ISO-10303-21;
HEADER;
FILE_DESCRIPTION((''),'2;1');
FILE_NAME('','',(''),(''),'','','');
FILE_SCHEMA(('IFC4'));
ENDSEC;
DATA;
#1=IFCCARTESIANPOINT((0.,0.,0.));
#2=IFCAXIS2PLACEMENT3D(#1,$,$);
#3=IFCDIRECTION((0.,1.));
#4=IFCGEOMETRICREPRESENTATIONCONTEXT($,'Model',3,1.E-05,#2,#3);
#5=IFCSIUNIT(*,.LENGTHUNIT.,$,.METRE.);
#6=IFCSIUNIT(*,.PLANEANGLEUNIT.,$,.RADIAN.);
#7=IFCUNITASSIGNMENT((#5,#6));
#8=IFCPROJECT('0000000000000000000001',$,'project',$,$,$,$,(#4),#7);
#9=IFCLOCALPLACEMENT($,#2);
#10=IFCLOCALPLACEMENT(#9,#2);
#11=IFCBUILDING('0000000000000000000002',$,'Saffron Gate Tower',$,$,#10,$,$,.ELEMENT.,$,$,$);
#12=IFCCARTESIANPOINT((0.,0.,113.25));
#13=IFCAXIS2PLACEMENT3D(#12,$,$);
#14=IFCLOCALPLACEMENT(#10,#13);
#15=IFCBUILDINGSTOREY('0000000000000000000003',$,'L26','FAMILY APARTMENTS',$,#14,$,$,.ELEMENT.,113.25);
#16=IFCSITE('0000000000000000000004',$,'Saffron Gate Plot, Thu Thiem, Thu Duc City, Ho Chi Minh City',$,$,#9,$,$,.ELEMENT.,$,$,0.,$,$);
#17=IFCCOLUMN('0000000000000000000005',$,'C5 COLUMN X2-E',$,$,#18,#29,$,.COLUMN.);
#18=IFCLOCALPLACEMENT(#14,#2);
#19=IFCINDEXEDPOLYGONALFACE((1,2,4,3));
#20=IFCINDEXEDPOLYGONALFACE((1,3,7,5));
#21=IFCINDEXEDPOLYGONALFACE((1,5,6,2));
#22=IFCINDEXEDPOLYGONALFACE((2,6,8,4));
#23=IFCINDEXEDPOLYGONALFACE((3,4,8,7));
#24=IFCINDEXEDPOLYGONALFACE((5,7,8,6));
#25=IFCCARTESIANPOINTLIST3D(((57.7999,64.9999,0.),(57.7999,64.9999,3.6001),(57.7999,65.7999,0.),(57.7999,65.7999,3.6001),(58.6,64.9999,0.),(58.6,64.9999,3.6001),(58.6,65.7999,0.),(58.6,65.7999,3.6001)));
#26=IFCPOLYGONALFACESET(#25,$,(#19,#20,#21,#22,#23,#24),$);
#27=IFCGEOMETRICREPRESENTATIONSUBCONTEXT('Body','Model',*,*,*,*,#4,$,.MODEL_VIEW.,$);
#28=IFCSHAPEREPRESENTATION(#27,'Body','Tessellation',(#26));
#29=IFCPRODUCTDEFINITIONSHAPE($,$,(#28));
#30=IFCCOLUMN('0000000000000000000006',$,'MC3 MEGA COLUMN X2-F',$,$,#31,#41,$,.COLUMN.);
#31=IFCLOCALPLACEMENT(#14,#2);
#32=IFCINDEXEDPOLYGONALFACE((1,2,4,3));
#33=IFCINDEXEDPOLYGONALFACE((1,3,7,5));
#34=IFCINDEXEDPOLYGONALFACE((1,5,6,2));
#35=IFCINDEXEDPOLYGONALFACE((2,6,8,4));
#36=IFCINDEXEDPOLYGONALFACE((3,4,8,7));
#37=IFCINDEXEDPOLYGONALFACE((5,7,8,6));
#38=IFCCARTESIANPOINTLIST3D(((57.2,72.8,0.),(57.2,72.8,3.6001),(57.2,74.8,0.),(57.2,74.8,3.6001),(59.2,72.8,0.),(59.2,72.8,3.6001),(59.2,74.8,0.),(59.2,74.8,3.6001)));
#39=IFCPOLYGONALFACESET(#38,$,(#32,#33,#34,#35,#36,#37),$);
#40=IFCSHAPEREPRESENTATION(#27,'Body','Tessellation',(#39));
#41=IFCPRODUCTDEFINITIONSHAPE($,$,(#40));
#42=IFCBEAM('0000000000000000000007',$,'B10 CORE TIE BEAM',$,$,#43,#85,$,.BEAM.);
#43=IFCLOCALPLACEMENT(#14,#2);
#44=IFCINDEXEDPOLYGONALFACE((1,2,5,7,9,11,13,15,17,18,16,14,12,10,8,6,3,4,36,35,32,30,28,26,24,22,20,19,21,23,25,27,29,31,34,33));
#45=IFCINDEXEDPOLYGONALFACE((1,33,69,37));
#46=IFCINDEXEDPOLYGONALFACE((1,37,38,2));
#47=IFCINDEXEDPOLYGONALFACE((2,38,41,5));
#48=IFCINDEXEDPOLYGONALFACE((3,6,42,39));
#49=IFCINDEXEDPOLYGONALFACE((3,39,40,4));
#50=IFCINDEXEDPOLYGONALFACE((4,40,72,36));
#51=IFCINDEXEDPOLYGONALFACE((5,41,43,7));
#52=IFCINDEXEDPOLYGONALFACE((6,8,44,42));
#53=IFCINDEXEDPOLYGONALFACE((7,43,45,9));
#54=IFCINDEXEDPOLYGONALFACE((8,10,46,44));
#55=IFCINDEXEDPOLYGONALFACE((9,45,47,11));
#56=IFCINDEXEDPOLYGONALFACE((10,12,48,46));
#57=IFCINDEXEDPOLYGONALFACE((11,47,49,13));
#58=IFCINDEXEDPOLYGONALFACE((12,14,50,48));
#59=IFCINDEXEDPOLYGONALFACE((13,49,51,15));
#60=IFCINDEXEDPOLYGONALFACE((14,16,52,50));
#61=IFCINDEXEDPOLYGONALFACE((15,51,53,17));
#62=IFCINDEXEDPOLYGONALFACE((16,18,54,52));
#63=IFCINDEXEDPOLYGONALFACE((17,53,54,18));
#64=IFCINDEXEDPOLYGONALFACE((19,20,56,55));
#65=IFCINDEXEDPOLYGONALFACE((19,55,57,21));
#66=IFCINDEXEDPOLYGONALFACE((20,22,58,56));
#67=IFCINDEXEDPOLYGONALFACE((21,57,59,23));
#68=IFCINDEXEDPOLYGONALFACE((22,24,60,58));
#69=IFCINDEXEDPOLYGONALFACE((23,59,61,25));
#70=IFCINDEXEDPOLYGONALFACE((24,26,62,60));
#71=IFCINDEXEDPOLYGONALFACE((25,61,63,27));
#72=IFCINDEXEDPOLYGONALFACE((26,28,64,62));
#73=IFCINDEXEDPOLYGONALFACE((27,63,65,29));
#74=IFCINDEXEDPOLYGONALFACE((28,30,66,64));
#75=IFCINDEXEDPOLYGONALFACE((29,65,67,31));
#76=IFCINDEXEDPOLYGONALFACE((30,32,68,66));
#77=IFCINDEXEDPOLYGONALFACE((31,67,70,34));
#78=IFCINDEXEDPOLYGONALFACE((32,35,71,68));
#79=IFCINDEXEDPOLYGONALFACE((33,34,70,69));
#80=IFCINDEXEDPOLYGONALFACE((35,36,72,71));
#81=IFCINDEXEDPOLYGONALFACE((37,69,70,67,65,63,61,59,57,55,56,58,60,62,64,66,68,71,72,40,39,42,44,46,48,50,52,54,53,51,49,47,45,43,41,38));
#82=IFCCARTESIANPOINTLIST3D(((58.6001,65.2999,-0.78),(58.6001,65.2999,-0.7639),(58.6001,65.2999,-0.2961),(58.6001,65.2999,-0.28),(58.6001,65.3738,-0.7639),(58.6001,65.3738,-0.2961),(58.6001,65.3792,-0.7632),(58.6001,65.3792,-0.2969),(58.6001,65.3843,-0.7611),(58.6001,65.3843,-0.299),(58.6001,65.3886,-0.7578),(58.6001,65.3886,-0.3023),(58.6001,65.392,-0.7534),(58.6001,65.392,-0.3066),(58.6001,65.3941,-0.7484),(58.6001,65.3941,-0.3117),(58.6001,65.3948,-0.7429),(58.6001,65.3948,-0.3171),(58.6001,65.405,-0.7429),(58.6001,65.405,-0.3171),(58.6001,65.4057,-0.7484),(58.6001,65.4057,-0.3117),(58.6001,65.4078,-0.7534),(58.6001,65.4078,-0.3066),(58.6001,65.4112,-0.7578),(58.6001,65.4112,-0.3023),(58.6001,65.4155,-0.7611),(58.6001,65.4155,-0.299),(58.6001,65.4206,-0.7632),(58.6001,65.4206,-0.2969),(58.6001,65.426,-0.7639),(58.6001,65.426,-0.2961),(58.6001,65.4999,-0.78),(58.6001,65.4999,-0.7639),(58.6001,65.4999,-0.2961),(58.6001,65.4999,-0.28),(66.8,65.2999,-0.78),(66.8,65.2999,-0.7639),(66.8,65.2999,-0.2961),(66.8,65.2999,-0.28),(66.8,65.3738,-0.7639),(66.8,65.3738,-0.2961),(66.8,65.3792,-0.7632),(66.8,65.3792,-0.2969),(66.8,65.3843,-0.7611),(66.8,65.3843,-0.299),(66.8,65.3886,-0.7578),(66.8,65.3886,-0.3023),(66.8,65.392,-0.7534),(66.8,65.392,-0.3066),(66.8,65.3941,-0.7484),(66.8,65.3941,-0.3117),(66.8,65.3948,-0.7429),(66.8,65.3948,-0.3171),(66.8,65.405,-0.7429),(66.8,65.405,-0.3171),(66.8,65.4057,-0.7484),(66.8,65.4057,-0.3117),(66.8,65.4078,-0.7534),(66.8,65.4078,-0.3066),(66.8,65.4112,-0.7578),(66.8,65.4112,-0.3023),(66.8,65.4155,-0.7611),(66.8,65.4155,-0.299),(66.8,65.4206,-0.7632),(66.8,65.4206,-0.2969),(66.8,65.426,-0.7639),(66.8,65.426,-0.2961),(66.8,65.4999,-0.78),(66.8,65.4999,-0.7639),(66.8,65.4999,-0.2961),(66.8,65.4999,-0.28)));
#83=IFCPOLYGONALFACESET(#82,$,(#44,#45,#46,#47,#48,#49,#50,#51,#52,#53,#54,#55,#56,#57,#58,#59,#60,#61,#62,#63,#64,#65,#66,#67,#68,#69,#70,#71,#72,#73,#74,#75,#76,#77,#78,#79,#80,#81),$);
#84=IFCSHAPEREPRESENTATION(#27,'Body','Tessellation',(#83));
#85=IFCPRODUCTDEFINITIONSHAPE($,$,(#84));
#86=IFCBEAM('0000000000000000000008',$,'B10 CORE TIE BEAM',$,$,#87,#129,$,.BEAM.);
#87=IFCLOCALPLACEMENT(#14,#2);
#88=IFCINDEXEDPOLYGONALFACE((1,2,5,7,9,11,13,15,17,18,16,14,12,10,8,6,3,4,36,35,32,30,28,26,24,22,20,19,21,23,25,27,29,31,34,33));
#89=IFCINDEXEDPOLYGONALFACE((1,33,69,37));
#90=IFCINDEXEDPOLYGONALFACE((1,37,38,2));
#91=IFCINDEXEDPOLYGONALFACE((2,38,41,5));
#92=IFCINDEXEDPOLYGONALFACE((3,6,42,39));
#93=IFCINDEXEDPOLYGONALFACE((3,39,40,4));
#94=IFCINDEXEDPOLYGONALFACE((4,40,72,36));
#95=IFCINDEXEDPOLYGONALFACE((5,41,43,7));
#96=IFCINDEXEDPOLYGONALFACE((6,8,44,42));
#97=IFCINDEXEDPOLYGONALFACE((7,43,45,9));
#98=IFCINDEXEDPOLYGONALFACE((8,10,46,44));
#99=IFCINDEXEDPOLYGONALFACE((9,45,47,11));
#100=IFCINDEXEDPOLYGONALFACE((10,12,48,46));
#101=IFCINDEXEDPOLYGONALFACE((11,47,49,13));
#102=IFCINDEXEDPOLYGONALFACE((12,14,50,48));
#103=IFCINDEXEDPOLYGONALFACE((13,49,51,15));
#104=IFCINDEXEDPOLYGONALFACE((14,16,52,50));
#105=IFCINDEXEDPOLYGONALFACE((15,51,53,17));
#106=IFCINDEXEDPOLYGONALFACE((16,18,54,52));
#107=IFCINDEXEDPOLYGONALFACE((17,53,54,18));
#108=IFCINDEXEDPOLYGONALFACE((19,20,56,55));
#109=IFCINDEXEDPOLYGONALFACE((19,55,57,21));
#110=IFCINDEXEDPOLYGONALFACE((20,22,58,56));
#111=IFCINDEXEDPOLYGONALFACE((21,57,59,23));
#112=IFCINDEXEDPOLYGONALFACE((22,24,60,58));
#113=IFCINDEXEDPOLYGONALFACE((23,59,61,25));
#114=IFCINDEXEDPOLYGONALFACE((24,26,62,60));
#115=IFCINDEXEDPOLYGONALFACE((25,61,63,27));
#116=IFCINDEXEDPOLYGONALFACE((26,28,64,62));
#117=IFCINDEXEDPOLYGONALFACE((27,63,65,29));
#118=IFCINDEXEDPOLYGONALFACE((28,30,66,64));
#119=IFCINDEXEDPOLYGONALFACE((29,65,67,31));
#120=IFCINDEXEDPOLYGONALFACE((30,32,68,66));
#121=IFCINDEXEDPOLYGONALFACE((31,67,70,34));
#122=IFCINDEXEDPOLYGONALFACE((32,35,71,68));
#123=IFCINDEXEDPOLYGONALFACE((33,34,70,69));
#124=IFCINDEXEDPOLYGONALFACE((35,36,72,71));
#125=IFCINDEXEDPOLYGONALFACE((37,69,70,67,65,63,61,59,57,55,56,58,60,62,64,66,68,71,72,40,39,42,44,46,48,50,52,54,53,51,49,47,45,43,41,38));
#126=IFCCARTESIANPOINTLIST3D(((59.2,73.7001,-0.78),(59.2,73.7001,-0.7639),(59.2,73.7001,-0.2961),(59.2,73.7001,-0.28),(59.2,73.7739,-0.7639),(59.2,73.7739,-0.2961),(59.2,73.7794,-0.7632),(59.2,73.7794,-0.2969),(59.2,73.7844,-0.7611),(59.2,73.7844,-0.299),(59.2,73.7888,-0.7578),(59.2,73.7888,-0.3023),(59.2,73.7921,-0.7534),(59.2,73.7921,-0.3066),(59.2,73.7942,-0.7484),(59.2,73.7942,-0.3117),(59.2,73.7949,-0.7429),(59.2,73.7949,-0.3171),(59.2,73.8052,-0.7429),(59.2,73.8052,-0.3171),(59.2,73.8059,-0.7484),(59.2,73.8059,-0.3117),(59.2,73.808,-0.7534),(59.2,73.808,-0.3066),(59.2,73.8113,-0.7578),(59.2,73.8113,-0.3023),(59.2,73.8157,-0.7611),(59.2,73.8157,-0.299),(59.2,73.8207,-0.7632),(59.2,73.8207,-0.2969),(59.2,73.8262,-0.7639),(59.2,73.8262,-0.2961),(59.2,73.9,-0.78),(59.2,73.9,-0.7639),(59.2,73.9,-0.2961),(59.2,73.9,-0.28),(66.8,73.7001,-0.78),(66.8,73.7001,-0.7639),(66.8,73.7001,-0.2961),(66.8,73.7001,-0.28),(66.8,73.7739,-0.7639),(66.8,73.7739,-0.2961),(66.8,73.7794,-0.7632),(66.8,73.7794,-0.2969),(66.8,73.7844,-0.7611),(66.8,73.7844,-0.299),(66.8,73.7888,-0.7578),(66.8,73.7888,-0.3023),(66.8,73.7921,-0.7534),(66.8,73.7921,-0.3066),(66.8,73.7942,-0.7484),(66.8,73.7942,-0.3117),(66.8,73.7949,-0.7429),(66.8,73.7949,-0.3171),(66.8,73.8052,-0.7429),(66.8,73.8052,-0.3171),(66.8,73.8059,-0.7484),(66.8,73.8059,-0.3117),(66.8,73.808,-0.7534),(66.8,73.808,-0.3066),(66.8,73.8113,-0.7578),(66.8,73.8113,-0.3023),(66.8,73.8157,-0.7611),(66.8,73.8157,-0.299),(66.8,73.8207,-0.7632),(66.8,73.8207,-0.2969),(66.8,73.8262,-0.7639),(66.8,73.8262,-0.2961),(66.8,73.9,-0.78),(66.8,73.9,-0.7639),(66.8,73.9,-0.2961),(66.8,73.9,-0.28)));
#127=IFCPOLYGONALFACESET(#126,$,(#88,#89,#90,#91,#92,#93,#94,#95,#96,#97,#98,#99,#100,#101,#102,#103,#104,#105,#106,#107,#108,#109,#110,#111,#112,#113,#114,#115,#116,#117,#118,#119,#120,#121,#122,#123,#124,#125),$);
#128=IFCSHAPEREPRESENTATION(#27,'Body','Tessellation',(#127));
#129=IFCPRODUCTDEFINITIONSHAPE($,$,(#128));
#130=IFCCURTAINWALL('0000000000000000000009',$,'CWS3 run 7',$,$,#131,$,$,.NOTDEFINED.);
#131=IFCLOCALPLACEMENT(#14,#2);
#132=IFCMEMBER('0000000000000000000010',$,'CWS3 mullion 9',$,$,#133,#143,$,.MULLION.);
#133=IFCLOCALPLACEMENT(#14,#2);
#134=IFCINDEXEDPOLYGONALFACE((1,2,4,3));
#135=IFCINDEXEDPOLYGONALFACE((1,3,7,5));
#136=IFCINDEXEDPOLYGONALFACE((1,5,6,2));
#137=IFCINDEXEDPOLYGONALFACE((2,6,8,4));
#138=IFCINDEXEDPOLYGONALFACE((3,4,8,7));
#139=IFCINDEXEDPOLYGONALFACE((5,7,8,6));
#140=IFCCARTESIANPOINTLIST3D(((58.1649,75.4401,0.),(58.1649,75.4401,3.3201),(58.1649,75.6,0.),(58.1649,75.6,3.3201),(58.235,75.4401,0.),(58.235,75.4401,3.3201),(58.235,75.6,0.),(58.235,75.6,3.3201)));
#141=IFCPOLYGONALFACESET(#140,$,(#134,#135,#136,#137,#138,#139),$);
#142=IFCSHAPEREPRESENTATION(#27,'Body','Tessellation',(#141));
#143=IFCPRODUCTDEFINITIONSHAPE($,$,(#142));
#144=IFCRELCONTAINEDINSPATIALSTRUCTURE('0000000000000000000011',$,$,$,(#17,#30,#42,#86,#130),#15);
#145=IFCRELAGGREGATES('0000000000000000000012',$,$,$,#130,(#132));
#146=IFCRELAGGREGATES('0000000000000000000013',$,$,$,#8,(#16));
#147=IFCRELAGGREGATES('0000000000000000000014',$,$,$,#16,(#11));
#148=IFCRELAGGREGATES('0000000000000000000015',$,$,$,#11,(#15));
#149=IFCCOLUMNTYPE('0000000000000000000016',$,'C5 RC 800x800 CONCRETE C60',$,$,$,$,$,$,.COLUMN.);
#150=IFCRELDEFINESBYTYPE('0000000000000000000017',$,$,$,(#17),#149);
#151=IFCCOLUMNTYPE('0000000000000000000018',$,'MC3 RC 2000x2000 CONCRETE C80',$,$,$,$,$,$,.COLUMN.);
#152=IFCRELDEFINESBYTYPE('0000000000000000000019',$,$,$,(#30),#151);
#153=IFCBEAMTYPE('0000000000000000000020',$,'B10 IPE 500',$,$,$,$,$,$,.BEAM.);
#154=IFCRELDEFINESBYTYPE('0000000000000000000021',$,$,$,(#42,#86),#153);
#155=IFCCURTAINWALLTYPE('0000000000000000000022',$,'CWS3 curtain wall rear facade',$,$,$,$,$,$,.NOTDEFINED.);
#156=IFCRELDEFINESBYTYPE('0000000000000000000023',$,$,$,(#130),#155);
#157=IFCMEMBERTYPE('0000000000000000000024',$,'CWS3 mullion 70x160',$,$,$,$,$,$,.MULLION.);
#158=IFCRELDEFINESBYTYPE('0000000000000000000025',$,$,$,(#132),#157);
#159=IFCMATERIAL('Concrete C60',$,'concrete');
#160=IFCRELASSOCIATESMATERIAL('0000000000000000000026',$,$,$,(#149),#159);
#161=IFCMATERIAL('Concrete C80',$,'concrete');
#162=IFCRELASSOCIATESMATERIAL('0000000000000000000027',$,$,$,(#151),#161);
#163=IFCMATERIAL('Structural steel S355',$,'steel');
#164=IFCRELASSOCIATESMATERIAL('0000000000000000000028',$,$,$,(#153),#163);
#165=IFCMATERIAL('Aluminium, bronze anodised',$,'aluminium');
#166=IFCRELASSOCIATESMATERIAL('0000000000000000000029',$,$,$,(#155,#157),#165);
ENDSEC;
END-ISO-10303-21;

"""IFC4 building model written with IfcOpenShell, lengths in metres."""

from ifc_helpers import new_model, si_unit, direction, frame, origin, origin_2d, place, context, subcontext, project, spatial, rectangle, i_section, extrude, material, material_profile, profile_set, type_object, element, aggregate, save


model = new_model("IFC4")

# Units and contexts
model_context = context("Model", 3, precision=1e-05, world=origin(), true_north=direction((0.0, 1.0)))
body_context = subcontext(model_context, "Body", "Model", "MODEL_VIEW")
ifc_project = project(units=[si_unit("LENGTHUNIT", "METRE"), si_unit("PLANEANGLEUNIT", "RADIAN")], contexts=[model_context])

# Site, building, storey
site_placement = place(None, origin())
site = spatial("IfcSite", under=ifc_project, at=site_placement, Name="Saffron Gate Plot, Thu Thiem, Thu Duc City, Ho Chi Minh City", CompositionType="ELEMENT", RefElevation=0.0)
building_placement = place(site_placement, origin())
building = spatial("IfcBuilding", under=site, at=building_placement, Name="Saffron Gate Tower", CompositionType="ELEMENT")
storey_placement = place(building_placement, frame((0.0, 0.0, 113.25)))
storey = spatial("IfcBuildingStorey", under=building, at=storey_placement, Name="L26", Description="FAMILY APARTMENTS", CompositionType="ELEMENT", Elevation=113.25)

# Columns
ifc_material_1 = material(Name="Concrete C60", Category="concrete")
ifc_material_profile_1 = material_profile(ifc_material_1, rectangle(XDim=0.8, YDim=0.8, at=origin_2d()))
ifc_profile_set_1 = profile_set([ifc_material_profile_1], Name="Concrete C60")
column_type_1 = type_object("IfcColumnType", Name="C5 RC 800x800 CONCRETE C60", PredefinedType="COLUMN", material=ifc_profile_set_1)
column_1_placement = place(storey_placement, frame((58.2, 65.3999, 0.0), z_axis=(0.0, 0.0, 1.0), x_axis=(1.0, 0.0, 0.0)))
element("IfcColumn", 1, at=column_1_placement, inside=storey, type_object=column_type_1, Name="C5 COLUMN X2-E", PredefinedType="COLUMN", context=body_context, shape_type="SweptSolid", body=[
    extrude(rectangle(XDim=0.8, YDim=0.8, at=origin_2d()), origin(), (0.0, 0.0, 1.0), 3.6001),
])
ifc_material_2 = material(Name="Concrete C80", Category="concrete")
ifc_material_profile_2 = material_profile(ifc_material_2, rectangle(XDim=2.0, YDim=2.0, at=origin_2d()))
ifc_profile_set_2 = profile_set([ifc_material_profile_2], Name="Concrete C80")
column_type_2 = type_object("IfcColumnType", Name="MC3 RC 2000x2000 CONCRETE C80", PredefinedType="COLUMN", material=ifc_profile_set_2)
column_2_placement = place(storey_placement, frame((58.2, 73.8, 0.0), z_axis=(0.0, 0.0, 1.0), x_axis=(1.0, 0.0, 0.0)))
element("IfcColumn", 2, at=column_2_placement, inside=storey, type_object=column_type_2, Name="MC3 MEGA COLUMN X2-F", PredefinedType="COLUMN", context=body_context, shape_type="SweptSolid", body=[
    extrude(rectangle(XDim=2.0, YDim=2.0, at=origin_2d()), origin(), (0.0, 0.0, 1.0), 3.6001),
])

# Beams
ifc_material_3 = material(Name="Structural steel S355", Category="steel")
ifc_material_profile_3 = material_profile(ifc_material_3, i_section(OverallWidth=0.2, OverallDepth=0.5, WebThickness=0.0103, FlangeThickness=0.0161, FilletRadius=0.021, at=origin_2d()))
ifc_profile_set_3 = profile_set([ifc_material_profile_3], Name="Structural steel S355")
beam_type = type_object("IfcBeamType", Name="B10 IPE 500", PredefinedType="BEAM", material=ifc_profile_set_3)
beam_1_placement = place(storey_placement, frame((58.6001, 65.3999, -0.53), z_axis=(1.0, 0.0, 0.0), x_axis=(0.0, 1.0, 0.0)))
element("IfcBeam", 3, at=beam_1_placement, inside=storey, type_object=beam_type, Name="B10 CORE TIE BEAM", PredefinedType="BEAM", context=body_context, shape_type="SweptSolid", body=[
    extrude(i_section(OverallWidth=0.2, OverallDepth=0.5, WebThickness=0.0103, FlangeThickness=0.0161, FilletRadius=0.021, at=origin_2d()), origin(), (0.0, 0.0, 1.0), 8.2),
])
beam_2_placement = place(storey_placement, frame((59.2, 73.8, -0.53), z_axis=(1.0, 0.0, 0.0), x_axis=(0.0, 1.0, 0.0)))
element("IfcBeam", 4, at=beam_2_placement, inside=storey, type_object=beam_type, Name="B10 CORE TIE BEAM", PredefinedType="BEAM", context=body_context, shape_type="SweptSolid", body=[
    extrude(i_section(OverallWidth=0.2, OverallDepth=0.5, WebThickness=0.0103, FlangeThickness=0.0161, FilletRadius=0.021, at=origin_2d()), origin(), (0.0, 0.0, 1.0), 7.6001),
])

# Curtain wall, member
ifc_material_4 = material(Name="Aluminium, bronze anodised", Category="aluminium")
curtain_wall_type = type_object("IfcCurtainWallType", Name="CWS3 curtain wall rear facade", PredefinedType="NOTDEFINED", material=ifc_material_4)
curtain_wall_placement = place(storey_placement, origin())
curtain_wall = element("IfcCurtainWall", 5, at=curtain_wall_placement, inside=storey, type_object=curtain_wall_type, Name="CWS3 run 7", PredefinedType="NOTDEFINED")
ifc_material_profile_4 = material_profile(ifc_material_4, rectangle(XDim=0.1599, YDim=0.0701, at=origin_2d()))
ifc_profile_set_4 = profile_set([ifc_material_profile_4], Name="Aluminium, bronze anodised")
member_type = type_object("IfcMemberType", Name="CWS3 mullion 70x160", PredefinedType="MULLION", material=ifc_profile_set_4)
member_placement = place(storey_placement, frame((58.2, 75.52, 0.0), z_axis=(0.0, 0.0, 1.0), x_axis=(0.0, -1.0, 0.0)))
member = element("IfcMember", 6, at=member_placement, type_object=member_type, Name="CWS3 mullion 9", PredefinedType="MULLION", context=body_context, shape_type="SweptSolid", body=[
    extrude(rectangle(XDim=0.1599, YDim=0.0701, at=origin_2d()), origin(), (0.0, 0.0, 1.0), 3.3201),
])
aggregate(curtain_wall, [member])

save(model, "model.ifc")
